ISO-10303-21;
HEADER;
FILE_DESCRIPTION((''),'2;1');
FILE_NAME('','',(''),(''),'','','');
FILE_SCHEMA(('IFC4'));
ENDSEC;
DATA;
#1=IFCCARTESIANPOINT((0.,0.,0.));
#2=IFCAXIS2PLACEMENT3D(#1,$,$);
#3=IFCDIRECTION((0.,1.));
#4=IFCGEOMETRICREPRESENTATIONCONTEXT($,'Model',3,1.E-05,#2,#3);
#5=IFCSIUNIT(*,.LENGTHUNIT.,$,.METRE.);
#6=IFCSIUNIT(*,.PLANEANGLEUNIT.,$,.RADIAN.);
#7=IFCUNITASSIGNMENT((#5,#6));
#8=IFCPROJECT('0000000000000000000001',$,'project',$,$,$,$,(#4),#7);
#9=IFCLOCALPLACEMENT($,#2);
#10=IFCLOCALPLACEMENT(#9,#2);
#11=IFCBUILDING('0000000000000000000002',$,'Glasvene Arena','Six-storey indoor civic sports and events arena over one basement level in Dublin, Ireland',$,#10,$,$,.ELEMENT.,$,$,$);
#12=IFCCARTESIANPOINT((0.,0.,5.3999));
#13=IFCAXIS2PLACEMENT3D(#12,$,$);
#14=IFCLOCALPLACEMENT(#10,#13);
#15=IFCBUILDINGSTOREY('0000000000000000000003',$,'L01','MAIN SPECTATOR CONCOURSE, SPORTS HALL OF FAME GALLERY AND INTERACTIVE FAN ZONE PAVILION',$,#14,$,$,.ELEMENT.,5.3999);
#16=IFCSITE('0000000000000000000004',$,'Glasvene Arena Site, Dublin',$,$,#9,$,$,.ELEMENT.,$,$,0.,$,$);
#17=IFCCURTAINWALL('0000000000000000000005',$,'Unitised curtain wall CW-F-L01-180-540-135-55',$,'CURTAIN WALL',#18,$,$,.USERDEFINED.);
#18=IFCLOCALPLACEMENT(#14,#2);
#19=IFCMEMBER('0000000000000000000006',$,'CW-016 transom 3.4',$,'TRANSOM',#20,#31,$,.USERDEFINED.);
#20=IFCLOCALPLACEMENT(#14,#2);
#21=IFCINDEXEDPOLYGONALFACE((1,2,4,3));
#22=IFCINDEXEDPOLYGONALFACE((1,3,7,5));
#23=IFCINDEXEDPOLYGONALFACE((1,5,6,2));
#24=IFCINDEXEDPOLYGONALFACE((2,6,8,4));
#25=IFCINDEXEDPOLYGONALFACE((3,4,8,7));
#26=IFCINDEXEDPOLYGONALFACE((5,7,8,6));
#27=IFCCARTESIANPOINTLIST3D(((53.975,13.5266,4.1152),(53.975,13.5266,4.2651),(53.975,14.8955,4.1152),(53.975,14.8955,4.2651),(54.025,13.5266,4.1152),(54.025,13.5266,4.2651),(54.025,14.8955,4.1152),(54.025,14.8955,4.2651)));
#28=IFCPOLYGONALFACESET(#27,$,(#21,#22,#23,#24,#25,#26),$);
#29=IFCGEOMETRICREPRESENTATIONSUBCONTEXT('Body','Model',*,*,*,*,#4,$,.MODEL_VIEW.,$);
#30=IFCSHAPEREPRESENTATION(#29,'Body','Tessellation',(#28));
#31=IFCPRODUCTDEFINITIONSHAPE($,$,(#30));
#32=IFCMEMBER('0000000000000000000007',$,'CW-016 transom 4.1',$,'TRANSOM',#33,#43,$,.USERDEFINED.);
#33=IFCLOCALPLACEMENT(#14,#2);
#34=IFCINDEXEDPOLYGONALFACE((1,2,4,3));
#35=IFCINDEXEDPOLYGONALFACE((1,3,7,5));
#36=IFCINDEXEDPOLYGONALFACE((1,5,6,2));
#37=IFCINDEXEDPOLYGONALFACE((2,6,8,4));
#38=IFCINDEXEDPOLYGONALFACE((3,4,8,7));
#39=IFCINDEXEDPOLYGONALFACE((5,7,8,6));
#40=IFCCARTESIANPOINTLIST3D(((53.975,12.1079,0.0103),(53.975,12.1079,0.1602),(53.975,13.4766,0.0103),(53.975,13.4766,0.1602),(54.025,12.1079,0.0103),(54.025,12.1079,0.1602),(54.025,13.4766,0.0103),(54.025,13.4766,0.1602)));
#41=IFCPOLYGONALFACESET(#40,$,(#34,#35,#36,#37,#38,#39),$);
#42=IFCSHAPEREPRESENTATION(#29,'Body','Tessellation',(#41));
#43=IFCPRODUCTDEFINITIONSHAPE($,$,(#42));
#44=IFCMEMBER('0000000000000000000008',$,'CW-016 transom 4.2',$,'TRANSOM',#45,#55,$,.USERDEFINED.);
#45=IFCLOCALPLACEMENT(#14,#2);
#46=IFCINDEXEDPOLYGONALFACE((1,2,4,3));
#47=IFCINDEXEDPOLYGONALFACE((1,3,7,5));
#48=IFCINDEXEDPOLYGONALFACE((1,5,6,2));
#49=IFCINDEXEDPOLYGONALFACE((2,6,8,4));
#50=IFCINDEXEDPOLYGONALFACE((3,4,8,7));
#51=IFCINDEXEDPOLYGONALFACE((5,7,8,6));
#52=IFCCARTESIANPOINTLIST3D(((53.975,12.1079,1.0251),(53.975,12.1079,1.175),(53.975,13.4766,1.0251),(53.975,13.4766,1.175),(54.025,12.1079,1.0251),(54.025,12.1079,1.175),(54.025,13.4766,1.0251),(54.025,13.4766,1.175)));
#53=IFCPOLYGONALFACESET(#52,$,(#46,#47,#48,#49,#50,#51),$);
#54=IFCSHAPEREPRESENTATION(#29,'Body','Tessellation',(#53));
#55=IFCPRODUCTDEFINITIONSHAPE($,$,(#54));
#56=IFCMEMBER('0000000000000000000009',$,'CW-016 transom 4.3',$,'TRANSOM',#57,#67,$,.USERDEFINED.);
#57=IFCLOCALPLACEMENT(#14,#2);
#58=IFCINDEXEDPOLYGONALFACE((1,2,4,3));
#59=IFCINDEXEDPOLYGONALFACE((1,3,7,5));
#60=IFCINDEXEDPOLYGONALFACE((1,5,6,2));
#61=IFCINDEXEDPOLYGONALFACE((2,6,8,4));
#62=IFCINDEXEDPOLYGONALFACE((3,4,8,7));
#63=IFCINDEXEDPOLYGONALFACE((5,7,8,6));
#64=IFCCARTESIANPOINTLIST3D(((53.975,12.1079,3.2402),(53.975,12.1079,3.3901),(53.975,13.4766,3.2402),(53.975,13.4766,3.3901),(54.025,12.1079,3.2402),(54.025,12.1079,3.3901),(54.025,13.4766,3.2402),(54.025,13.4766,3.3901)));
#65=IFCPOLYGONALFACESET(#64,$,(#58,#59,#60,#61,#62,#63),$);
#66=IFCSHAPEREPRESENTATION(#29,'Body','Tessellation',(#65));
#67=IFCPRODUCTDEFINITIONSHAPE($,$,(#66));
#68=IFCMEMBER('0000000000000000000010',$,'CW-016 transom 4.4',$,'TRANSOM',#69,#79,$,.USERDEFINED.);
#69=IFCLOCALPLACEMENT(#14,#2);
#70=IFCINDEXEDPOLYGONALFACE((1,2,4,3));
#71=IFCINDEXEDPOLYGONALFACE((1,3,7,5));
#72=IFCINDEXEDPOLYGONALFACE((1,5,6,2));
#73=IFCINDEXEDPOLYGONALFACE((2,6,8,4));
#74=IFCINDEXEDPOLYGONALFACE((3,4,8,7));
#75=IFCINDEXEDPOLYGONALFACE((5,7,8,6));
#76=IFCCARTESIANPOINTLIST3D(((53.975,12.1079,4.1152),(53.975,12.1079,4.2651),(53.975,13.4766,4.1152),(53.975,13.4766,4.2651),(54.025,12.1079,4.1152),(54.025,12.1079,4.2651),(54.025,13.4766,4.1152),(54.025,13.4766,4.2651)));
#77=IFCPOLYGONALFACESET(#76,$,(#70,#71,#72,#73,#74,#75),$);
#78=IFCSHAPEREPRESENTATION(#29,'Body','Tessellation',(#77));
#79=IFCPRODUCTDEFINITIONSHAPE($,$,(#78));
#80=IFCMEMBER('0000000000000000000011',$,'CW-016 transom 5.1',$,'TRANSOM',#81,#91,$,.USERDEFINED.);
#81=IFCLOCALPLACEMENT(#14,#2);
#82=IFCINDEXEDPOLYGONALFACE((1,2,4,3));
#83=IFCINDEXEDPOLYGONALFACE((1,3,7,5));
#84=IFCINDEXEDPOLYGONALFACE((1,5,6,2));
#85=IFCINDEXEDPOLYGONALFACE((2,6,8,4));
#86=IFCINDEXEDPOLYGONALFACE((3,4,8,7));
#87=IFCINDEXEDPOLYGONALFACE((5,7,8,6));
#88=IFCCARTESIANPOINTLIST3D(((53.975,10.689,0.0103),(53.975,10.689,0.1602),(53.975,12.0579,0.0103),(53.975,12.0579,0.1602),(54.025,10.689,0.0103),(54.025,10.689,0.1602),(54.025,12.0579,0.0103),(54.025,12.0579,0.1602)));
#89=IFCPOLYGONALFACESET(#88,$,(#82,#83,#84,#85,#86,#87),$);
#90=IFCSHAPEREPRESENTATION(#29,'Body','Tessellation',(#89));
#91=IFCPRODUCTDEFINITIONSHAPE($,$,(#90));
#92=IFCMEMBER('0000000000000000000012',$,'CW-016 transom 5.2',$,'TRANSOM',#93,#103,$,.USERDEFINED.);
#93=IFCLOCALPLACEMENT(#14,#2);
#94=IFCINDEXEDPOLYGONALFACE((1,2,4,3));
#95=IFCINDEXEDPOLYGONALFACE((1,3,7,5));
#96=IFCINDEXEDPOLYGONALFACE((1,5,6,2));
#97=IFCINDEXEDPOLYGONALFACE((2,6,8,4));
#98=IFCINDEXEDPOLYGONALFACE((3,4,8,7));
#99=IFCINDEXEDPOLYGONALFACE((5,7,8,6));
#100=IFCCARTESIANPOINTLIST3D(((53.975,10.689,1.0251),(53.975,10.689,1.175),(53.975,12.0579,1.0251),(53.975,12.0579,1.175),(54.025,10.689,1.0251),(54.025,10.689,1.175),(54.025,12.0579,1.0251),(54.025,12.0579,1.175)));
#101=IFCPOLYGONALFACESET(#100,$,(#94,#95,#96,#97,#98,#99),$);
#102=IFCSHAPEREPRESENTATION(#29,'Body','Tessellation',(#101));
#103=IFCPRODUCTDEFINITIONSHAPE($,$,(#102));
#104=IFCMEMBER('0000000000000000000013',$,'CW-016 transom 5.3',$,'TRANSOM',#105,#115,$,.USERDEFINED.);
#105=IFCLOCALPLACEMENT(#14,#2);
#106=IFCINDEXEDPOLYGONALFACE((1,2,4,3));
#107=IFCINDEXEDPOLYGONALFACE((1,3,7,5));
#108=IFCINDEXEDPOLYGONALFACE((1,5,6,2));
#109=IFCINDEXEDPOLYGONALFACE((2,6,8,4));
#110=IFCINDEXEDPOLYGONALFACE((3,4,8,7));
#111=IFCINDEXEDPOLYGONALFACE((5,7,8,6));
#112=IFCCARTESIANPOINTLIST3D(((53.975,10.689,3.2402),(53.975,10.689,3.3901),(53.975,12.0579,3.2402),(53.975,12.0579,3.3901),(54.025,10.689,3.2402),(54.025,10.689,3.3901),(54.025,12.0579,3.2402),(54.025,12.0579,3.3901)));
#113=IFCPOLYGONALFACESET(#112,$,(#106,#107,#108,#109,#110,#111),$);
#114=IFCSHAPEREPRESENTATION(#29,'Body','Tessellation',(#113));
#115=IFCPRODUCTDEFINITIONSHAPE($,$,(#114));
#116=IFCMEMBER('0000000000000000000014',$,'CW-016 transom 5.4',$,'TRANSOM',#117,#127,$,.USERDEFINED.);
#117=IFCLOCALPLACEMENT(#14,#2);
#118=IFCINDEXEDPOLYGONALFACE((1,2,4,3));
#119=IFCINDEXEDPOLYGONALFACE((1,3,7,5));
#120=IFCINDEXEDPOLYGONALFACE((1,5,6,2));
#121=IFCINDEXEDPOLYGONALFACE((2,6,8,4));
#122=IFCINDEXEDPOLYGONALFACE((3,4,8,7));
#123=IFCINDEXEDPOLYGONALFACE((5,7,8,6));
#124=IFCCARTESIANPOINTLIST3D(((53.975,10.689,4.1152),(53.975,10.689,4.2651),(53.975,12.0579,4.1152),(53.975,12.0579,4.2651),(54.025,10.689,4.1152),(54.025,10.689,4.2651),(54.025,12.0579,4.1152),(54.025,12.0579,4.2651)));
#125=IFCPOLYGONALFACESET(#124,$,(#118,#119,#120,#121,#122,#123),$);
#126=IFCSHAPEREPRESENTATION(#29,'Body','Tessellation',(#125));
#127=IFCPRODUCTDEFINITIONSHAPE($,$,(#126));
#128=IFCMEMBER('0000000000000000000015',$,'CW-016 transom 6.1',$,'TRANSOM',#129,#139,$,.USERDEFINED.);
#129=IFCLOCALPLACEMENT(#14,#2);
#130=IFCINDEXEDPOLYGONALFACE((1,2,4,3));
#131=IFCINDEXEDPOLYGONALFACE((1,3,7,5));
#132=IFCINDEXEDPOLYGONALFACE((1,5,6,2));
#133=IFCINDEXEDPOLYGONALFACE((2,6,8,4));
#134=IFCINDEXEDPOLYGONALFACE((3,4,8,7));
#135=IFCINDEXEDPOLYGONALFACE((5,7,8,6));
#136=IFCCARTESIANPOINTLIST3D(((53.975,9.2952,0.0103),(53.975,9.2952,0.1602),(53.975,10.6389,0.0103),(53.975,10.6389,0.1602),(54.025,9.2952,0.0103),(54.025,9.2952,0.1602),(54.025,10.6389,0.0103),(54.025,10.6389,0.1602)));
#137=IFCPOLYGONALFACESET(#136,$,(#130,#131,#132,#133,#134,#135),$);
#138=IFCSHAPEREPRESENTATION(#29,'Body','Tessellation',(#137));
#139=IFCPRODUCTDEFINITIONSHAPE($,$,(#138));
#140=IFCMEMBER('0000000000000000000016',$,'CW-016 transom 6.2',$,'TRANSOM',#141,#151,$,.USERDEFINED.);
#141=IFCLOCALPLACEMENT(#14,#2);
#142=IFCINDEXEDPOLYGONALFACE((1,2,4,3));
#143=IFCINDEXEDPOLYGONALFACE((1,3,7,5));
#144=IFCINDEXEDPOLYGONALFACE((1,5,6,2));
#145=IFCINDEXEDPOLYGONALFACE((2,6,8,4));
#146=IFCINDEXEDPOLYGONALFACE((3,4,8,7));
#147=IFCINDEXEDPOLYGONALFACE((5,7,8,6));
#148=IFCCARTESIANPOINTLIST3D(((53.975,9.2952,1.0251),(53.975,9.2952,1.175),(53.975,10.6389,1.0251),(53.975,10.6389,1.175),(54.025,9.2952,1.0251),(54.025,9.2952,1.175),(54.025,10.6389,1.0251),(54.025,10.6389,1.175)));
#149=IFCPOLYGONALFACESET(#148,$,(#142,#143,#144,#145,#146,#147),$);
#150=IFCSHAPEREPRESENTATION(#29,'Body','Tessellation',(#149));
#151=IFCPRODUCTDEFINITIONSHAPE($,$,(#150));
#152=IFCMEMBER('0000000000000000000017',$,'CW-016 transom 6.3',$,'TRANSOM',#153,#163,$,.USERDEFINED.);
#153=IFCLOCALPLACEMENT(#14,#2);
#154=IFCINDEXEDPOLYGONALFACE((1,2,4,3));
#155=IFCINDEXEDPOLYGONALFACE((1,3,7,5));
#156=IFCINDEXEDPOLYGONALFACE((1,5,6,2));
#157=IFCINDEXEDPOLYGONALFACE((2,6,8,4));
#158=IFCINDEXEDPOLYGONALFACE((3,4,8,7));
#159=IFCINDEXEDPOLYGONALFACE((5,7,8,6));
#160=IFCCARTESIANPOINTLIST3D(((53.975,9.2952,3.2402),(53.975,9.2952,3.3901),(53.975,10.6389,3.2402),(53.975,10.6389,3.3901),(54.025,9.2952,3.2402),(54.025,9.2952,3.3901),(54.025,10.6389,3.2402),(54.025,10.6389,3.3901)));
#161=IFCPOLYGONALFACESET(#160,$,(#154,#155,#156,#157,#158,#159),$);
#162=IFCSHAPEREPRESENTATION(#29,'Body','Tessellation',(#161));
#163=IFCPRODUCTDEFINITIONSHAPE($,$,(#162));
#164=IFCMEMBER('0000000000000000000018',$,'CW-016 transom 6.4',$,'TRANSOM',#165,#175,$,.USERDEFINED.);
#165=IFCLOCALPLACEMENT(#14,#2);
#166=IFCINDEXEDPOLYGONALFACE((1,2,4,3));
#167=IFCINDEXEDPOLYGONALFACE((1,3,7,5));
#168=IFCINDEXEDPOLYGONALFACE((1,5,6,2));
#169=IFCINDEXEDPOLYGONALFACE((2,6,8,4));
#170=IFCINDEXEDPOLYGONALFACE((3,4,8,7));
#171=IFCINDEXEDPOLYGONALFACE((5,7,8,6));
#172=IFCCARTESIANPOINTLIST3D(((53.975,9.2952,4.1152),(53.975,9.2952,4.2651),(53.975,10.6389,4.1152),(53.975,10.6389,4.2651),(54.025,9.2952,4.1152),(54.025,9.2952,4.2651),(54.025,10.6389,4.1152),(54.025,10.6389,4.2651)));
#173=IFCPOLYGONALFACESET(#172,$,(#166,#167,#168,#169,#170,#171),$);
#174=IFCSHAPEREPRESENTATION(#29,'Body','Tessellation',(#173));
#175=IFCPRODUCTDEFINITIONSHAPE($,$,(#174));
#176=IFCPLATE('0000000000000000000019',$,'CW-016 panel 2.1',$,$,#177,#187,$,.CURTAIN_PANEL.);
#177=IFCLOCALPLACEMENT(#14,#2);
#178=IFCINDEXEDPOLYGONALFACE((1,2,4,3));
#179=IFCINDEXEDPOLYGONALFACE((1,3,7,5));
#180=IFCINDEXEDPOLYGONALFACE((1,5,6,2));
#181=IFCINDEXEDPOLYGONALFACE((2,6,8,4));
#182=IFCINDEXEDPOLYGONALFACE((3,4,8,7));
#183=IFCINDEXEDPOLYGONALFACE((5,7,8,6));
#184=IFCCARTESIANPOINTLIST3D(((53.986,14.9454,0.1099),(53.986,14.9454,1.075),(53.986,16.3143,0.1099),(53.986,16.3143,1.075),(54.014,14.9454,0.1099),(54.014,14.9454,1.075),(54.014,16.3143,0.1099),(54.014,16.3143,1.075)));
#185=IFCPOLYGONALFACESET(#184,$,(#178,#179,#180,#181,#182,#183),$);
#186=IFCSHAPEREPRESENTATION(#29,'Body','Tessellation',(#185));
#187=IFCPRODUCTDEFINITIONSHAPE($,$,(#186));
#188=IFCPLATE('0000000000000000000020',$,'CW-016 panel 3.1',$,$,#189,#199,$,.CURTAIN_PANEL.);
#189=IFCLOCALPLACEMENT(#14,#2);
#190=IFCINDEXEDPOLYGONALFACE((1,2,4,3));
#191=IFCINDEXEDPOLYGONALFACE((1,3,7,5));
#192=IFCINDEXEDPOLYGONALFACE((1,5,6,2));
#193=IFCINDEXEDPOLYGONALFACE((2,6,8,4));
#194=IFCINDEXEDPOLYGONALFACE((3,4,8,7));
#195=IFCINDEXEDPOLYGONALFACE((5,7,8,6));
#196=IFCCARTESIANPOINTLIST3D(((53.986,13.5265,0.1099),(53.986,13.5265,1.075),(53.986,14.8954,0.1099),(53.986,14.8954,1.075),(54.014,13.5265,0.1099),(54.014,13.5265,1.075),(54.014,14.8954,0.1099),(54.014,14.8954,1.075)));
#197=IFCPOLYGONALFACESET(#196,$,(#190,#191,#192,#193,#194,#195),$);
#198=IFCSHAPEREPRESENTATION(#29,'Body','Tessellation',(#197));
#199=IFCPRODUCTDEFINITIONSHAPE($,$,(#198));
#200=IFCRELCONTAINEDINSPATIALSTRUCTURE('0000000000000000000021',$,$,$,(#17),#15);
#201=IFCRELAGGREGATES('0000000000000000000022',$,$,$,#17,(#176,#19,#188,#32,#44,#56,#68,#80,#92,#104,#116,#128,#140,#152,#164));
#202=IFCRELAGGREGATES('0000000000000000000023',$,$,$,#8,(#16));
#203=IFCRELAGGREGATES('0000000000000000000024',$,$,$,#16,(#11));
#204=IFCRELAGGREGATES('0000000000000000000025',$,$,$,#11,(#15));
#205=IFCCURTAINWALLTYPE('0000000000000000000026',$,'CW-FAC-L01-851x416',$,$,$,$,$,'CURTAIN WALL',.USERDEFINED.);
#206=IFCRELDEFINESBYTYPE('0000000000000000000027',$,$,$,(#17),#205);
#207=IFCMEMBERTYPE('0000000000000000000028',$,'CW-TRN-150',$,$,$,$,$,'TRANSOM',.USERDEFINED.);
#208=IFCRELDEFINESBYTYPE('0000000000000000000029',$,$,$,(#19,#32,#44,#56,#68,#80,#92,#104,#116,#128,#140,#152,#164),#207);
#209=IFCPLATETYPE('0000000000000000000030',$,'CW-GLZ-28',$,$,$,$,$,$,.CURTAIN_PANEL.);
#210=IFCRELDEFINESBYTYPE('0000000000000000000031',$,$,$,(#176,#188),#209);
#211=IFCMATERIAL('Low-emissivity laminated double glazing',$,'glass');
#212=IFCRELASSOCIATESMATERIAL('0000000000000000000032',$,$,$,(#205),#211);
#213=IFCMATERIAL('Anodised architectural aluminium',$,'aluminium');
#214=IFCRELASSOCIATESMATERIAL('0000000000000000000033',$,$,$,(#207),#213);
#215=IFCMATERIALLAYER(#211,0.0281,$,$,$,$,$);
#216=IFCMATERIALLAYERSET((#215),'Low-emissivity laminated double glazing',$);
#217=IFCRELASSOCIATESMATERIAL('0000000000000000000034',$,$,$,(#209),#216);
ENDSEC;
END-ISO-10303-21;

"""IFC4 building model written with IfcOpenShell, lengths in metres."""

from ifc_helpers import new_model, si_unit, direction, frame, origin, origin_2d, place, context, subcontext, project, spatial, rectangle, extrude, material, layer, layer_set, material_profile, profile_set, type_object, element, aggregate, save


model = new_model("IFC4")

# Units and contexts
model_context = context("Model", 3, precision=1e-05, world=origin(), true_north=direction((0.0, 1.0)))
body_context = subcontext(model_context, "Body", "Model", "MODEL_VIEW")
ifc_project = project(units=[si_unit("LENGTHUNIT", "METRE"), si_unit("PLANEANGLEUNIT", "RADIAN")], contexts=[model_context])

# Site, building, storey
site_placement = place(None, origin())
site = spatial("IfcSite", under=ifc_project, at=site_placement, Name="Glasvene Arena Site, Dublin", CompositionType="ELEMENT", RefElevation=0.0)
building_placement = place(site_placement, origin())
building = spatial("IfcBuilding", under=site, at=building_placement, Name="Glasvene Arena", Description="Six-storey indoor civic sports and events arena over one basement level in Dublin, Ireland", CompositionType="ELEMENT")
storey_placement = place(building_placement, frame((0.0, 0.0, 5.3999)))
storey = spatial("IfcBuildingStorey", under=building, at=storey_placement, Name="L01", Description="MAIN SPECTATOR CONCOURSE, SPORTS HALL OF FAME GALLERY AND INTERACTIVE FAN ZONE PAVILION", CompositionType="ELEMENT", Elevation=5.3999)

# Curtain wall, members, plates
ifc_material_1 = material(Name="Low-emissivity laminated double glazing", Category="glass")
curtain_wall_type = type_object("IfcCurtainWallType", Name="CW-FAC-L01-851x416", ElementType="CURTAIN WALL", PredefinedType="USERDEFINED", material=ifc_material_1)
curtain_wall_placement = place(storey_placement, frame((54.0, 17.7581, 0.0)))
curtain_wall = element("IfcCurtainWall", 1, at=curtain_wall_placement, inside=storey, type_object=curtain_wall_type, Name="Unitised curtain wall CW-F-L01-180-540-135-55", ObjectType="CURTAIN WALL", PredefinedType="USERDEFINED")
ifc_material_2 = material(Name="Anodised architectural aluminium", Category="aluminium")
ifc_material_profile_1 = material_profile(ifc_material_2, rectangle(XDim=0.05, YDim=0.1499, at=origin_2d()), Name="ALU TRANSOM 50x150")
ifc_profile_set_1 = profile_set([ifc_material_profile_1], Name="Anodised architectural aluminium")
member_type_1 = type_object("IfcMemberType", Name="CW-TRN-150", ElementType="TRANSOM", PredefinedType="USERDEFINED", material=ifc_profile_set_1)
member_1_placement = place(storey_placement, frame((54.0, 14.8955, 4.1902), z_axis=(0.0, -1.0, 0.0), x_axis=(1.0, 0.0, 0.0)))
member_1 = element("IfcMember", 2, at=member_1_placement, type_object=member_type_1, Name="CW-016 transom 3.4", ObjectType="TRANSOM", PredefinedType="USERDEFINED", context=body_context, shape_type="SweptSolid", body=[
    extrude(rectangle(XDim=0.05, YDim=0.1499, at=origin_2d()), origin(), (0.0, 0.0, 1.0), 1.3689),
])
member_2_placement = place(storey_placement, frame((54.0, 13.4766, 0.0852), z_axis=(0.0, -1.0, 0.0), x_axis=(1.0, 0.0, 0.0)))
member_2 = element("IfcMember", 3, at=member_2_placement, type_object=member_type_1, Name="CW-016 transom 4.1", ObjectType="TRANSOM", PredefinedType="USERDEFINED", context=body_context, shape_type="SweptSolid", body=[
    extrude(rectangle(XDim=0.05, YDim=0.1499, at=origin_2d()), origin(), (0.0, 0.0, 1.0), 1.3687),
])
member_3_placement = place(storey_placement, frame((54.0, 13.4766, 1.1001), z_axis=(0.0, -1.0, 0.0), x_axis=(1.0, 0.0, 0.0)))
member_3 = element("IfcMember", 4, at=member_3_placement, type_object=member_type_1, Name="CW-016 transom 4.2", ObjectType="TRANSOM", PredefinedType="USERDEFINED", context=body_context, shape_type="SweptSolid", body=[
    extrude(rectangle(XDim=0.05, YDim=0.1499, at=origin_2d()), origin(), (0.0, 0.0, 1.0), 1.3687),
])
member_4_placement = place(storey_placement, frame((54.0, 13.4766, 3.3152), z_axis=(0.0, -1.0, 0.0), x_axis=(1.0, 0.0, 0.0)))
member_4 = element("IfcMember", 5, at=member_4_placement, type_object=member_type_1, Name="CW-016 transom 4.3", ObjectType="TRANSOM", PredefinedType="USERDEFINED", context=body_context, shape_type="SweptSolid", body=[
    extrude(rectangle(XDim=0.05, YDim=0.1499, at=origin_2d()), origin(), (0.0, 0.0, 1.0), 1.3687),
])
member_5_placement = place(storey_placement, frame((54.0, 13.4766, 4.1902), z_axis=(0.0, -1.0, 0.0), x_axis=(1.0, 0.0, 0.0)))
member_5 = element("IfcMember", 6, at=member_5_placement, type_object=member_type_1, Name="CW-016 transom 4.4", ObjectType="TRANSOM", PredefinedType="USERDEFINED", context=body_context, shape_type="SweptSolid", body=[
    extrude(rectangle(XDim=0.05, YDim=0.1499, at=origin_2d()), origin(), (0.0, 0.0, 1.0), 1.3687),
])
member_6_placement = place(storey_placement, frame((54.0, 12.0579, 0.0852), z_axis=(0.0, -1.0, 0.0), x_axis=(1.0, 0.0, 0.0)))
member_6 = element("IfcMember", 7, at=member_6_placement, type_object=member_type_1, Name="CW-016 transom 5.1", ObjectType="TRANSOM", PredefinedType="USERDEFINED", context=body_context, shape_type="SweptSolid", body=[
    extrude(rectangle(XDim=0.05, YDim=0.1499, at=origin_2d()), origin(), (0.0, 0.0, 1.0), 1.3689),
])
member_7_placement = place(storey_placement, frame((54.0, 12.0579, 1.1001), z_axis=(0.0, -1.0, 0.0), x_axis=(1.0, 0.0, 0.0)))
member_7 = element("IfcMember", 8, at=member_7_placement, type_object=member_type_1, Name="CW-016 transom 5.2", ObjectType="TRANSOM", PredefinedType="USERDEFINED", context=body_context, shape_type="SweptSolid", body=[
    extrude(rectangle(XDim=0.05, YDim=0.1499, at=origin_2d()), origin(), (0.0, 0.0, 1.0), 1.3689),
])
member_8_placement = place(storey_placement, frame((54.0, 12.0579, 3.3152), z_axis=(0.0, -1.0, 0.0), x_axis=(1.0, 0.0, 0.0)))
member_8 = element("IfcMember", 9, at=member_8_placement, type_object=member_type_1, Name="CW-016 transom 5.3", ObjectType="TRANSOM", PredefinedType="USERDEFINED", context=body_context, shape_type="SweptSolid", body=[
    extrude(rectangle(XDim=0.05, YDim=0.1499, at=origin_2d()), origin(), (0.0, 0.0, 1.0), 1.3689),
])
member_9_placement = place(storey_placement, frame((54.0, 12.0579, 4.1902), z_axis=(0.0, -1.0, 0.0), x_axis=(1.0, 0.0, 0.0)))
member_9 = element("IfcMember", 10, at=member_9_placement, type_object=member_type_1, Name="CW-016 transom 5.4", ObjectType="TRANSOM", PredefinedType="USERDEFINED", context=body_context, shape_type="SweptSolid", body=[
    extrude(rectangle(XDim=0.05, YDim=0.1499, at=origin_2d()), origin(), (0.0, 0.0, 1.0), 1.3689),
])
member_10_placement = place(storey_placement, frame((54.0, 10.6389, 0.0852), z_axis=(0.0, -1.0, 0.0), x_axis=(1.0, 0.0, 0.0)))
member_10 = element("IfcMember", 11, at=member_10_placement, type_object=member_type_1, Name="CW-016 transom 6.1", ObjectType="TRANSOM", PredefinedType="USERDEFINED", context=body_context, shape_type="SweptSolid", body=[
    extrude(rectangle(XDim=0.05, YDim=0.1499, at=origin_2d()), origin(), (0.0, 0.0, 1.0), 1.3438),
])
member_11_placement = place(storey_placement, frame((54.0, 10.6389, 1.1001), z_axis=(0.0, -1.0, 0.0), x_axis=(1.0, 0.0, 0.0)))
member_11 = element("IfcMember", 12, at=member_11_placement, type_object=member_type_1, Name="CW-016 transom 6.2", ObjectType="TRANSOM", PredefinedType="USERDEFINED", context=body_context, shape_type="SweptSolid", body=[
    extrude(rectangle(XDim=0.05, YDim=0.1499, at=origin_2d()), origin(), (0.0, 0.0, 1.0), 1.3438),
])
member_12_placement = place(storey_placement, frame((54.0, 10.6389, 3.3152), z_axis=(0.0, -1.0, 0.0), x_axis=(1.0, 0.0, 0.0)))
member_12 = element("IfcMember", 13, at=member_12_placement, type_object=member_type_1, Name="CW-016 transom 6.3", ObjectType="TRANSOM", PredefinedType="USERDEFINED", context=body_context, shape_type="SweptSolid", body=[
    extrude(rectangle(XDim=0.05, YDim=0.1499, at=origin_2d()), origin(), (0.0, 0.0, 1.0), 1.3438),
])
member_13_placement = place(storey_placement, frame((54.0, 10.6389, 4.1902), z_axis=(0.0, -1.0, 0.0), x_axis=(1.0, 0.0, 0.0)))
member_13 = element("IfcMember", 14, at=member_13_placement, type_object=member_type_1, Name="CW-016 transom 6.4", ObjectType="TRANSOM", PredefinedType="USERDEFINED", context=body_context, shape_type="SweptSolid", body=[
    extrude(rectangle(XDim=0.05, YDim=0.1499, at=origin_2d()), origin(), (0.0, 0.0, 1.0), 1.3438),
])
ifc_layer = layer(ifc_material_1, 0.0281)
ifc_layer_set = layer_set([ifc_layer], Name="Low-emissivity laminated double glazing")
plate_type = type_object("IfcPlateType", Name="CW-GLZ-28", PredefinedType="CURTAIN_PANEL", material=ifc_layer_set)
plate_1_placement = place(storey_placement, frame((54.0, 15.6299, 0.1099), z_axis=(0.0, 0.0, 1.0), x_axis=(0.0, -1.0, 0.0)))
plate_1 = element("IfcPlate", 15, at=plate_1_placement, type_object=plate_type, Name="CW-016 panel 2.1", PredefinedType="CURTAIN_PANEL", context=body_context, shape_type="SweptSolid", body=[
    extrude(rectangle(XDim=1.3689, YDim=0.0281, at=origin_2d()), origin(), (0.0, 0.0, 1.0), 0.9651),
])
plate_2_placement = place(storey_placement, frame((54.0, 14.2109, 0.1099), z_axis=(0.0, 0.0, 1.0), x_axis=(0.0, -1.0, 0.0)))
plate_2 = element("IfcPlate", 16, at=plate_2_placement, type_object=plate_type, Name="CW-016 panel 3.1", PredefinedType="CURTAIN_PANEL", context=body_context, shape_type="SweptSolid", body=[
    extrude(rectangle(XDim=1.3689, YDim=0.0281, at=origin_2d()), origin(), (0.0, 0.0, 1.0), 0.9651),
])
aggregate(curtain_wall, [plate_1, member_1, plate_2, member_2, member_3, member_4, member_5, member_6, member_7, member_8, member_9, member_10, member_11, member_12, member_13])

save(model, "model.ifc")
